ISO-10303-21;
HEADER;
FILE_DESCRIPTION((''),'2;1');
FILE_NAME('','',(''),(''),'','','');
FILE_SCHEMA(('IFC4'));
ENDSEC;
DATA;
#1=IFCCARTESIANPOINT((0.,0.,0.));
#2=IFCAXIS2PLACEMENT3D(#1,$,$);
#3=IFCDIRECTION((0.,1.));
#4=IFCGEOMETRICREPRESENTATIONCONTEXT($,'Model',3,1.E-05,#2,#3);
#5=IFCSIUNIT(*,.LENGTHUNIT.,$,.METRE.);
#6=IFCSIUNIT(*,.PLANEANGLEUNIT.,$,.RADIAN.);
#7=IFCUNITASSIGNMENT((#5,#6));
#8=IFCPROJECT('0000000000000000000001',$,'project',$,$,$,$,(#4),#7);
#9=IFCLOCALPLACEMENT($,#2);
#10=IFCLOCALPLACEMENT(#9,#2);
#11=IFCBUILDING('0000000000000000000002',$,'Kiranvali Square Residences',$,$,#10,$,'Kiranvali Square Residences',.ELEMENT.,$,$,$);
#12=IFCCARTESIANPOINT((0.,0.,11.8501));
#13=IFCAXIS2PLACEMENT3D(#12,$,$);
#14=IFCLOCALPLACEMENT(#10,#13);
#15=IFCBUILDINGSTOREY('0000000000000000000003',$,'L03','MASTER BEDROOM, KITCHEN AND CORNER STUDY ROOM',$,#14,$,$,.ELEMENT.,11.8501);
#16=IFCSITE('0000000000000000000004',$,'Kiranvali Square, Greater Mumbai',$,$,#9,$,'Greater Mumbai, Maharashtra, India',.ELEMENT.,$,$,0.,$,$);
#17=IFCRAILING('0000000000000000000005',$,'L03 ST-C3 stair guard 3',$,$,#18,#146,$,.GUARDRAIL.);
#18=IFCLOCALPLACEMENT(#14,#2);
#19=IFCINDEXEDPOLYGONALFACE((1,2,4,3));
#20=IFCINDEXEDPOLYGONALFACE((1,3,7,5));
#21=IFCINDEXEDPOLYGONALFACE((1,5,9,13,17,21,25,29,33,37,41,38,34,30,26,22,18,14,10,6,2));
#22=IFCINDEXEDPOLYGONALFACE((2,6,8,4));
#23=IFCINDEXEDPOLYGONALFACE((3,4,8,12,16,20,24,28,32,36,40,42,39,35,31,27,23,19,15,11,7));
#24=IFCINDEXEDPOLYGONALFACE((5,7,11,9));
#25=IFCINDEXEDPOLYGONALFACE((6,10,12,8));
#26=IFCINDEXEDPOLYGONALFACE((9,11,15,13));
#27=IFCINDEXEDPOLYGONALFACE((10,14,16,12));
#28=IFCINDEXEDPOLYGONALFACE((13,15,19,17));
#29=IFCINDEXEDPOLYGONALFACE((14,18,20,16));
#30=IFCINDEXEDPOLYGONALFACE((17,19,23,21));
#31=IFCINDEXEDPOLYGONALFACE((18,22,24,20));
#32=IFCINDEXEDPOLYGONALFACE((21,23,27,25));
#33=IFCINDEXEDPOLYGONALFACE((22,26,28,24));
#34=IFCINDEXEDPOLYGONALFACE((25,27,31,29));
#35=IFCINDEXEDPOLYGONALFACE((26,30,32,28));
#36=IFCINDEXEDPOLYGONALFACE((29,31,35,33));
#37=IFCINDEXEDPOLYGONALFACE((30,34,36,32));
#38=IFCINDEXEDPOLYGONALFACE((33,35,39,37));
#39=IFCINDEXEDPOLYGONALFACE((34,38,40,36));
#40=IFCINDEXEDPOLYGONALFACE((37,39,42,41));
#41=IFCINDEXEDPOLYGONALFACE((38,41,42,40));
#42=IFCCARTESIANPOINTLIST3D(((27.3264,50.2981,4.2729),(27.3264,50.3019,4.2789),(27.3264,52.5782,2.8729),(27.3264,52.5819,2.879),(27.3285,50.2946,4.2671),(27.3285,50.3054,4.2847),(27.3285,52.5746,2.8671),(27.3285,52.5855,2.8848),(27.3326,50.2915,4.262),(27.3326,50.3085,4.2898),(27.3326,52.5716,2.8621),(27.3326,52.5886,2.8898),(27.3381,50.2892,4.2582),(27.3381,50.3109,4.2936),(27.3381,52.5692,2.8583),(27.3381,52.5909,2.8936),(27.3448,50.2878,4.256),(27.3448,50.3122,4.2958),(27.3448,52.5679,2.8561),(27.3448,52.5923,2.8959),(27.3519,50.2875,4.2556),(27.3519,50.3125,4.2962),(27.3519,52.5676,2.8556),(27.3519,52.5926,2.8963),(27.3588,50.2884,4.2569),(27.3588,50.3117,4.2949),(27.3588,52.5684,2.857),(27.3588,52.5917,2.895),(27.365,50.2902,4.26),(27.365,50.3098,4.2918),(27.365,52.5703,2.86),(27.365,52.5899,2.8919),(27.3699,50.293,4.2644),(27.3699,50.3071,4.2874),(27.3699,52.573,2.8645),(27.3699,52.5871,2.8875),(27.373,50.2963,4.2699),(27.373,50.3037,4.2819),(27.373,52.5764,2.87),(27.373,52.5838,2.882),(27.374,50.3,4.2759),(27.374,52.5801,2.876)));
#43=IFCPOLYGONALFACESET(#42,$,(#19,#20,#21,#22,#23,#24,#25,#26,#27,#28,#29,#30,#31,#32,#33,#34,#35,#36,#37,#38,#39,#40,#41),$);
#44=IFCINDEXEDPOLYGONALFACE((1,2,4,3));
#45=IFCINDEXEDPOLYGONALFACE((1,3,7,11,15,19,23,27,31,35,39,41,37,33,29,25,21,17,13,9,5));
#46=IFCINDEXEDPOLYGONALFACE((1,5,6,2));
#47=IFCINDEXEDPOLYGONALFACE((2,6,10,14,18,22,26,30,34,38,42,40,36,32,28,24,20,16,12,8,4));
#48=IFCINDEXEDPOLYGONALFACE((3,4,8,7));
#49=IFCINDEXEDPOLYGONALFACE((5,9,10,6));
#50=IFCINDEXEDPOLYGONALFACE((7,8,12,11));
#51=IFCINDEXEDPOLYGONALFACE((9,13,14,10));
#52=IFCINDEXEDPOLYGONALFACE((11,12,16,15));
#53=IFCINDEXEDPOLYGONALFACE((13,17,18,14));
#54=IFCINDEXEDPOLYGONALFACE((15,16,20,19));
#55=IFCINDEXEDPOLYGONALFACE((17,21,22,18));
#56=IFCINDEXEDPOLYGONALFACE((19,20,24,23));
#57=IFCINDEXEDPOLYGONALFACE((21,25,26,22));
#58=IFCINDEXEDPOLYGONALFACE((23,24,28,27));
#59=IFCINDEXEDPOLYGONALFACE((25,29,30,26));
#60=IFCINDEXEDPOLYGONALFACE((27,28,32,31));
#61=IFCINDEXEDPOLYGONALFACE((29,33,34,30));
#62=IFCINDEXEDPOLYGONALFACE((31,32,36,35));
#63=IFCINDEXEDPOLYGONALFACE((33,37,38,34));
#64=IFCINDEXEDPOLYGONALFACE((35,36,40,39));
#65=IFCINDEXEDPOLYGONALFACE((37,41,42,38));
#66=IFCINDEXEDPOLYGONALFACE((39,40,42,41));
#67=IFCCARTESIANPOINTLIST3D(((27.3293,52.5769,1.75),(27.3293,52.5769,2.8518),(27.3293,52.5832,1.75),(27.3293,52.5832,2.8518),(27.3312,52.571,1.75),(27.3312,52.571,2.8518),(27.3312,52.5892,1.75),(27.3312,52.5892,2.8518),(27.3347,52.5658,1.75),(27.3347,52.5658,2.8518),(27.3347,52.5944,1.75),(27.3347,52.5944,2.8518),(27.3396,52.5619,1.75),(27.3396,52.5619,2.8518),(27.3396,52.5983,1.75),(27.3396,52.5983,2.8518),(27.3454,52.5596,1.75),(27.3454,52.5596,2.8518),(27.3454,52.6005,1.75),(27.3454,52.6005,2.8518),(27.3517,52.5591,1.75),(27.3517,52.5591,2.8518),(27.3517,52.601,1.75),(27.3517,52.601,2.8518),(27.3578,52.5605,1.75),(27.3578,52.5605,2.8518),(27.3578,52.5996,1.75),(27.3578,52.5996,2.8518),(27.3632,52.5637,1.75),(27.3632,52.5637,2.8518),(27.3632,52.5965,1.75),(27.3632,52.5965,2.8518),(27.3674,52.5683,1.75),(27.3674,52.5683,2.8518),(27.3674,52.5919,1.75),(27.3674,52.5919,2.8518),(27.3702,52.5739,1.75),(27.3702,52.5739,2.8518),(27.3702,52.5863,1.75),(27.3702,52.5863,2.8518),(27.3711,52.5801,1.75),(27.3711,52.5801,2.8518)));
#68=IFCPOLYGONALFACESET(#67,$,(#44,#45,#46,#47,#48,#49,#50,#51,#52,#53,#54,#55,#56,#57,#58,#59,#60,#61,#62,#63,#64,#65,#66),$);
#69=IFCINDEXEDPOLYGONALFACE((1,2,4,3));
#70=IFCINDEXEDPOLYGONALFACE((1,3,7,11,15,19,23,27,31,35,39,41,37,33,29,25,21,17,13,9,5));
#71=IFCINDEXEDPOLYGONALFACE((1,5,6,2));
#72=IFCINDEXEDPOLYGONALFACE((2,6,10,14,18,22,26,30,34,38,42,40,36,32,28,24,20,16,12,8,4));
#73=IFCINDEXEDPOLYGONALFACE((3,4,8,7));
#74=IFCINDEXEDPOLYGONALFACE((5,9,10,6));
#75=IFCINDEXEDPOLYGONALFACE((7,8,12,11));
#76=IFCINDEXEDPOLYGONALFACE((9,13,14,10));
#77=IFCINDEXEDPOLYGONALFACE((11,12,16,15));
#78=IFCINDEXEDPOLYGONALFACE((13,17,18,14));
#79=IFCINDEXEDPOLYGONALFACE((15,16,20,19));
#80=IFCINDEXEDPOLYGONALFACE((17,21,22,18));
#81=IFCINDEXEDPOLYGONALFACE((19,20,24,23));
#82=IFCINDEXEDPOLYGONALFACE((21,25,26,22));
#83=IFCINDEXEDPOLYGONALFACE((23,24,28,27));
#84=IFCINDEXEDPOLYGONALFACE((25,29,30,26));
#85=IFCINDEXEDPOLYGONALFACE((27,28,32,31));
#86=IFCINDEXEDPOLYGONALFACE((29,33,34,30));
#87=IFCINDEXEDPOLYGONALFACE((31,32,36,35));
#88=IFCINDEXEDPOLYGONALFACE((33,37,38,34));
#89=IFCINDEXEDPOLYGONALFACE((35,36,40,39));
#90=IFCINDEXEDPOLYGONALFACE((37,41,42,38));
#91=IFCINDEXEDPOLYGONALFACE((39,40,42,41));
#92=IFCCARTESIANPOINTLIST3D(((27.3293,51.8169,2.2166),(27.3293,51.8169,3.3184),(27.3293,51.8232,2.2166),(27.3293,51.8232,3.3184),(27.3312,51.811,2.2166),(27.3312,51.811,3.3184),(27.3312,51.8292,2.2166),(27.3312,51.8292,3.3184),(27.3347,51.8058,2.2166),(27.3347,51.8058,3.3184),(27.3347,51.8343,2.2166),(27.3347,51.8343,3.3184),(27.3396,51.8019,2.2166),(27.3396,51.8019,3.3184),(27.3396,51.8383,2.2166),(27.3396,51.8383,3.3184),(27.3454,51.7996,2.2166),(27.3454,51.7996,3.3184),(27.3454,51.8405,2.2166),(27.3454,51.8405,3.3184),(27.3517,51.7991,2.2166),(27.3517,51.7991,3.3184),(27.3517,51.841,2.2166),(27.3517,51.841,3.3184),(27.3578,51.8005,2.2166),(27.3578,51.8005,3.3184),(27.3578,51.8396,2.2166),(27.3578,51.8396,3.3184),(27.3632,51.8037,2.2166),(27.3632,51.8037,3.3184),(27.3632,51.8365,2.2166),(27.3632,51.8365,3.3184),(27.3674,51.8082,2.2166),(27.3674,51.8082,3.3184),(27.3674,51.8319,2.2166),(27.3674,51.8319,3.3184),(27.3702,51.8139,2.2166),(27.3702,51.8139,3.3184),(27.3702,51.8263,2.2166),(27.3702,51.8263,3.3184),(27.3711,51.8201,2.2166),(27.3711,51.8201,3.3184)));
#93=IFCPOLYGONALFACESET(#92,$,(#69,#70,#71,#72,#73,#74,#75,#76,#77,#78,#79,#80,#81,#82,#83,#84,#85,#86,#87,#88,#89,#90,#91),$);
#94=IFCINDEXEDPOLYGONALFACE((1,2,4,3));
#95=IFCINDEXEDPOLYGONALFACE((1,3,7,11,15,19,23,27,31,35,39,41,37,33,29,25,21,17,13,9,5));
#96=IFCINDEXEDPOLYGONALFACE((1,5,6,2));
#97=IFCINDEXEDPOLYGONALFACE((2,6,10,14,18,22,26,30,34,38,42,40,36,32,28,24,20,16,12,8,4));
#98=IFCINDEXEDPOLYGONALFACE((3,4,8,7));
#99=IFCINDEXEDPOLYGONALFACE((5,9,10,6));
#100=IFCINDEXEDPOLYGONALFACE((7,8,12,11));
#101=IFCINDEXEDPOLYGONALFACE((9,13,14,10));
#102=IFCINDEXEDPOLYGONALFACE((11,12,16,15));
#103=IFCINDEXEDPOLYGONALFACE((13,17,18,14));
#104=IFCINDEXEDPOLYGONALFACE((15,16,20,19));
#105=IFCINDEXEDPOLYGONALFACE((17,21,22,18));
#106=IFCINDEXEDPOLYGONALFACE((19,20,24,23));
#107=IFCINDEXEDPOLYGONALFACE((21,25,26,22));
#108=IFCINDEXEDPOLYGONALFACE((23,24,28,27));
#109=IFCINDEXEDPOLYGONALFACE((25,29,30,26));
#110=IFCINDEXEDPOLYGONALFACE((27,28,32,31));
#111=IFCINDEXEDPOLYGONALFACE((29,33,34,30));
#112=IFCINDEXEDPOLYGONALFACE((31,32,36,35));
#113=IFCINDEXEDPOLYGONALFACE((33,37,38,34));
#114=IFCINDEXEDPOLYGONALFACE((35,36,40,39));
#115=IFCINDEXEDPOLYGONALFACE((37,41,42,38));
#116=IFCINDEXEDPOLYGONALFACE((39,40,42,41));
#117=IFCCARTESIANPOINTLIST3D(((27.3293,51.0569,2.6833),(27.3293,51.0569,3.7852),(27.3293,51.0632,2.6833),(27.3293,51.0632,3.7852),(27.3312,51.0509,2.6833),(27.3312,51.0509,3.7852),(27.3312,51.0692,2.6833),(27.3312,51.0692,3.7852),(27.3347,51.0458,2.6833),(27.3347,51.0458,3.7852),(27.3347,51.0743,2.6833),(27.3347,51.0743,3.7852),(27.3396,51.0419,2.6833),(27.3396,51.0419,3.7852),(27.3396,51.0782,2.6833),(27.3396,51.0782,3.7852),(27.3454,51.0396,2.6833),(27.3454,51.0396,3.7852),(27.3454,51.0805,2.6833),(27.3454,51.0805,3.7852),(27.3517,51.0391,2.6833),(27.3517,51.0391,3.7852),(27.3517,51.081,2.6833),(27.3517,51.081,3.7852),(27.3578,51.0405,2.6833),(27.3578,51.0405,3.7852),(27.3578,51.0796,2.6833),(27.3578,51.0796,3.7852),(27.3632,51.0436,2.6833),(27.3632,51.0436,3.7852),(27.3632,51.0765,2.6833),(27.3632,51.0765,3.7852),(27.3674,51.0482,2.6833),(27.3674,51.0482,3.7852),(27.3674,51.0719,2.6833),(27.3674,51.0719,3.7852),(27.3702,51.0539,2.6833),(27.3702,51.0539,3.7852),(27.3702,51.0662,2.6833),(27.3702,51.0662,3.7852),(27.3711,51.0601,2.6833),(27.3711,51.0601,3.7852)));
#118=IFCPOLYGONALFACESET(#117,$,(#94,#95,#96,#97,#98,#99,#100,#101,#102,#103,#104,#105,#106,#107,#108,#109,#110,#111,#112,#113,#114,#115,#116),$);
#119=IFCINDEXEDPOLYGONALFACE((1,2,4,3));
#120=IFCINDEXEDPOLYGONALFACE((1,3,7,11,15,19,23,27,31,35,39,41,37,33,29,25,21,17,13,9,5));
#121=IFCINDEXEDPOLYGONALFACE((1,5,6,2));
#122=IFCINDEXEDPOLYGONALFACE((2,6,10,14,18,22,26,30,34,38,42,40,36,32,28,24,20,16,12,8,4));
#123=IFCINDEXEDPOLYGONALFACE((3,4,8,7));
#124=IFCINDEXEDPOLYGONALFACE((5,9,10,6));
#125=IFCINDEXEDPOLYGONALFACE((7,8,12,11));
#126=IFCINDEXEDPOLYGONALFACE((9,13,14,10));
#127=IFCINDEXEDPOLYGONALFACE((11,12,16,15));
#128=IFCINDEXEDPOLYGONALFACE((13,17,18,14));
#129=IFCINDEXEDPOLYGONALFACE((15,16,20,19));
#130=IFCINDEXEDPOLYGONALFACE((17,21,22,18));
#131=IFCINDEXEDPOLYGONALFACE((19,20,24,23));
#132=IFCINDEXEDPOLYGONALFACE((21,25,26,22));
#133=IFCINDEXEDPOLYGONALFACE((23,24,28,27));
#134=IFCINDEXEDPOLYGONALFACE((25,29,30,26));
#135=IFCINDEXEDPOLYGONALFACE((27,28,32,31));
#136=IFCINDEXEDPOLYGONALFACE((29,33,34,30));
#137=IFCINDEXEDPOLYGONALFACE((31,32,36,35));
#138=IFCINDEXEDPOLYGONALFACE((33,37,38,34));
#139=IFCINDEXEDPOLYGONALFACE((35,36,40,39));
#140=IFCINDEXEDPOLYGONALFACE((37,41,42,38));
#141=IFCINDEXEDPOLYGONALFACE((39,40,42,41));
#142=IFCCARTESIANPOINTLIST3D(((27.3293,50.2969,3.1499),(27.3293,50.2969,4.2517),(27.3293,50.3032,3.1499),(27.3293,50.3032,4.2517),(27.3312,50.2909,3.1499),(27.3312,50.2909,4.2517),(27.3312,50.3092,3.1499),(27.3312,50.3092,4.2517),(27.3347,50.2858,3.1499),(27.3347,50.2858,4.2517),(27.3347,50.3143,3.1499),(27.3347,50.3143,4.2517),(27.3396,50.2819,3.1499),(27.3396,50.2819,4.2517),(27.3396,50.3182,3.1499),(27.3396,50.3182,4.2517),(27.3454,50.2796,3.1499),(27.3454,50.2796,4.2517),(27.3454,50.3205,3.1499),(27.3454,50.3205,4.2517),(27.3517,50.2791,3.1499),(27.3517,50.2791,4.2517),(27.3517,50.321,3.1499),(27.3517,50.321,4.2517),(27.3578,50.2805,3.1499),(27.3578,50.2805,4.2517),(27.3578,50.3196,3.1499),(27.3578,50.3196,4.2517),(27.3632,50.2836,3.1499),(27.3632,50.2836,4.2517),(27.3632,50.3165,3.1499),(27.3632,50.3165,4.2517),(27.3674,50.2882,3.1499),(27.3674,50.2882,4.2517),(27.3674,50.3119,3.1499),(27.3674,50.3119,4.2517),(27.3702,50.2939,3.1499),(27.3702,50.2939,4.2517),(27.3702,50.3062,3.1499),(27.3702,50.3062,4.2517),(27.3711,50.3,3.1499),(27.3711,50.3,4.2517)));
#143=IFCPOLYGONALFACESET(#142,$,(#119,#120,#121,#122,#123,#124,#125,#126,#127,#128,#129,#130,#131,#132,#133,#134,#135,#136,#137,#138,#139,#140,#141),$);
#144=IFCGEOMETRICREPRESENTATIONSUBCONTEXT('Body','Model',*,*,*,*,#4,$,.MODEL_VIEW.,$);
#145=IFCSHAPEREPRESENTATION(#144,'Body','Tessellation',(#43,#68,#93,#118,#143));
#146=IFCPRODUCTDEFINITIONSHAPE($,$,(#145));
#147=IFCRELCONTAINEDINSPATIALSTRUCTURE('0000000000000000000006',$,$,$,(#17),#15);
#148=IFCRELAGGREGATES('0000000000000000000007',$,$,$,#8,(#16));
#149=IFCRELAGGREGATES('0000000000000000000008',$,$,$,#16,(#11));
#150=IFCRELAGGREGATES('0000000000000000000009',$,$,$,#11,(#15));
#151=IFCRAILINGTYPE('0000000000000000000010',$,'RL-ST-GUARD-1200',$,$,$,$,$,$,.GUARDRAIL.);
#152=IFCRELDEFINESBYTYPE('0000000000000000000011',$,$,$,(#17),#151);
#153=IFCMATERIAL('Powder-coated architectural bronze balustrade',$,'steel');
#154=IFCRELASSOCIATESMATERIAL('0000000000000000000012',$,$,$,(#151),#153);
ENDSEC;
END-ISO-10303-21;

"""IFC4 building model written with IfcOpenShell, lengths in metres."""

from ifc_helpers import new_model, si_unit, direction, frame, origin, origin_2d, place, context, subcontext, project, spatial, circle, extrude, material, type_object, element, save


model = new_model("IFC4")

# Units and contexts
model_context = context("Model", 3, precision=1e-05, world=origin(), true_north=direction((0.0, 1.0)))
body_context = subcontext(model_context, "Body", "Model", "MODEL_VIEW")
ifc_project = project(units=[si_unit("LENGTHUNIT", "METRE"), si_unit("PLANEANGLEUNIT", "RADIAN")], contexts=[model_context])

# Site, building, storey
site_placement = place(None, origin())
site = spatial("IfcSite", under=ifc_project, at=site_placement, Name="Kiranvali Square, Greater Mumbai", LongName="Greater Mumbai, Maharashtra, India", CompositionType="ELEMENT", RefElevation=0.0)
building_placement = place(site_placement, origin())
building = spatial("IfcBuilding", under=site, at=building_placement, Name="Kiranvali Square Residences", LongName="Kiranvali Square Residences", CompositionType="ELEMENT")
storey_placement = place(building_placement, frame((0.0, 0.0, 11.8501)))
storey = spatial("IfcBuildingStorey", under=building, at=storey_placement, Name="L03", Description="MASTER BEDROOM, KITCHEN AND CORNER STUDY ROOM", CompositionType="ELEMENT", Elevation=11.8501)

# Railing
ifc_material_1 = material(Name="Powder-coated architectural bronze balustrade", Category="steel")
railing_type_1 = type_object("IfcRailingType", Name="RL-ST-GUARD-1200", PredefinedType="GUARDRAIL", material=ifc_material_1)
railing_1_placement = place(storey_placement, frame((27.3501, 52.5801, 1.75)))
element("IfcRailing", 1, at=railing_1_placement, inside=storey, type_object=railing_type_1, Name="L03 ST-C3 stair guard 3", PredefinedType="GUARDRAIL", context=body_context, shape_type="SweptSolid", body=[
    extrude(circle(Radius=0.0239, at=origin_2d()), frame((0.0, 0.0, 1.126), z_axis=(0.0, -0.85219, 0.523232), x_axis=(1.0, 0.0, 0.0)), (0.0, 0.0, 1.0), 2.6755),
    extrude(circle(Radius=0.021, at=origin_2d()), origin(), (0.0, 0.0, 1.0), 1.1018),
    extrude(circle(Radius=0.021, at=origin_2d()), frame((0.0, -0.76, 0.4666)), (0.0, 0.0, 1.0), 1.1018),
    extrude(circle(Radius=0.021, at=origin_2d()), frame((0.0, -1.52, 0.9333)), (0.0, 0.0, 1.0), 1.1018),
    extrude(circle(Radius=0.021, at=origin_2d()), frame((0.0, -2.28, 1.3999)), (0.0, 0.0, 1.0), 1.1018),
])

save(model, "model.ifc")
